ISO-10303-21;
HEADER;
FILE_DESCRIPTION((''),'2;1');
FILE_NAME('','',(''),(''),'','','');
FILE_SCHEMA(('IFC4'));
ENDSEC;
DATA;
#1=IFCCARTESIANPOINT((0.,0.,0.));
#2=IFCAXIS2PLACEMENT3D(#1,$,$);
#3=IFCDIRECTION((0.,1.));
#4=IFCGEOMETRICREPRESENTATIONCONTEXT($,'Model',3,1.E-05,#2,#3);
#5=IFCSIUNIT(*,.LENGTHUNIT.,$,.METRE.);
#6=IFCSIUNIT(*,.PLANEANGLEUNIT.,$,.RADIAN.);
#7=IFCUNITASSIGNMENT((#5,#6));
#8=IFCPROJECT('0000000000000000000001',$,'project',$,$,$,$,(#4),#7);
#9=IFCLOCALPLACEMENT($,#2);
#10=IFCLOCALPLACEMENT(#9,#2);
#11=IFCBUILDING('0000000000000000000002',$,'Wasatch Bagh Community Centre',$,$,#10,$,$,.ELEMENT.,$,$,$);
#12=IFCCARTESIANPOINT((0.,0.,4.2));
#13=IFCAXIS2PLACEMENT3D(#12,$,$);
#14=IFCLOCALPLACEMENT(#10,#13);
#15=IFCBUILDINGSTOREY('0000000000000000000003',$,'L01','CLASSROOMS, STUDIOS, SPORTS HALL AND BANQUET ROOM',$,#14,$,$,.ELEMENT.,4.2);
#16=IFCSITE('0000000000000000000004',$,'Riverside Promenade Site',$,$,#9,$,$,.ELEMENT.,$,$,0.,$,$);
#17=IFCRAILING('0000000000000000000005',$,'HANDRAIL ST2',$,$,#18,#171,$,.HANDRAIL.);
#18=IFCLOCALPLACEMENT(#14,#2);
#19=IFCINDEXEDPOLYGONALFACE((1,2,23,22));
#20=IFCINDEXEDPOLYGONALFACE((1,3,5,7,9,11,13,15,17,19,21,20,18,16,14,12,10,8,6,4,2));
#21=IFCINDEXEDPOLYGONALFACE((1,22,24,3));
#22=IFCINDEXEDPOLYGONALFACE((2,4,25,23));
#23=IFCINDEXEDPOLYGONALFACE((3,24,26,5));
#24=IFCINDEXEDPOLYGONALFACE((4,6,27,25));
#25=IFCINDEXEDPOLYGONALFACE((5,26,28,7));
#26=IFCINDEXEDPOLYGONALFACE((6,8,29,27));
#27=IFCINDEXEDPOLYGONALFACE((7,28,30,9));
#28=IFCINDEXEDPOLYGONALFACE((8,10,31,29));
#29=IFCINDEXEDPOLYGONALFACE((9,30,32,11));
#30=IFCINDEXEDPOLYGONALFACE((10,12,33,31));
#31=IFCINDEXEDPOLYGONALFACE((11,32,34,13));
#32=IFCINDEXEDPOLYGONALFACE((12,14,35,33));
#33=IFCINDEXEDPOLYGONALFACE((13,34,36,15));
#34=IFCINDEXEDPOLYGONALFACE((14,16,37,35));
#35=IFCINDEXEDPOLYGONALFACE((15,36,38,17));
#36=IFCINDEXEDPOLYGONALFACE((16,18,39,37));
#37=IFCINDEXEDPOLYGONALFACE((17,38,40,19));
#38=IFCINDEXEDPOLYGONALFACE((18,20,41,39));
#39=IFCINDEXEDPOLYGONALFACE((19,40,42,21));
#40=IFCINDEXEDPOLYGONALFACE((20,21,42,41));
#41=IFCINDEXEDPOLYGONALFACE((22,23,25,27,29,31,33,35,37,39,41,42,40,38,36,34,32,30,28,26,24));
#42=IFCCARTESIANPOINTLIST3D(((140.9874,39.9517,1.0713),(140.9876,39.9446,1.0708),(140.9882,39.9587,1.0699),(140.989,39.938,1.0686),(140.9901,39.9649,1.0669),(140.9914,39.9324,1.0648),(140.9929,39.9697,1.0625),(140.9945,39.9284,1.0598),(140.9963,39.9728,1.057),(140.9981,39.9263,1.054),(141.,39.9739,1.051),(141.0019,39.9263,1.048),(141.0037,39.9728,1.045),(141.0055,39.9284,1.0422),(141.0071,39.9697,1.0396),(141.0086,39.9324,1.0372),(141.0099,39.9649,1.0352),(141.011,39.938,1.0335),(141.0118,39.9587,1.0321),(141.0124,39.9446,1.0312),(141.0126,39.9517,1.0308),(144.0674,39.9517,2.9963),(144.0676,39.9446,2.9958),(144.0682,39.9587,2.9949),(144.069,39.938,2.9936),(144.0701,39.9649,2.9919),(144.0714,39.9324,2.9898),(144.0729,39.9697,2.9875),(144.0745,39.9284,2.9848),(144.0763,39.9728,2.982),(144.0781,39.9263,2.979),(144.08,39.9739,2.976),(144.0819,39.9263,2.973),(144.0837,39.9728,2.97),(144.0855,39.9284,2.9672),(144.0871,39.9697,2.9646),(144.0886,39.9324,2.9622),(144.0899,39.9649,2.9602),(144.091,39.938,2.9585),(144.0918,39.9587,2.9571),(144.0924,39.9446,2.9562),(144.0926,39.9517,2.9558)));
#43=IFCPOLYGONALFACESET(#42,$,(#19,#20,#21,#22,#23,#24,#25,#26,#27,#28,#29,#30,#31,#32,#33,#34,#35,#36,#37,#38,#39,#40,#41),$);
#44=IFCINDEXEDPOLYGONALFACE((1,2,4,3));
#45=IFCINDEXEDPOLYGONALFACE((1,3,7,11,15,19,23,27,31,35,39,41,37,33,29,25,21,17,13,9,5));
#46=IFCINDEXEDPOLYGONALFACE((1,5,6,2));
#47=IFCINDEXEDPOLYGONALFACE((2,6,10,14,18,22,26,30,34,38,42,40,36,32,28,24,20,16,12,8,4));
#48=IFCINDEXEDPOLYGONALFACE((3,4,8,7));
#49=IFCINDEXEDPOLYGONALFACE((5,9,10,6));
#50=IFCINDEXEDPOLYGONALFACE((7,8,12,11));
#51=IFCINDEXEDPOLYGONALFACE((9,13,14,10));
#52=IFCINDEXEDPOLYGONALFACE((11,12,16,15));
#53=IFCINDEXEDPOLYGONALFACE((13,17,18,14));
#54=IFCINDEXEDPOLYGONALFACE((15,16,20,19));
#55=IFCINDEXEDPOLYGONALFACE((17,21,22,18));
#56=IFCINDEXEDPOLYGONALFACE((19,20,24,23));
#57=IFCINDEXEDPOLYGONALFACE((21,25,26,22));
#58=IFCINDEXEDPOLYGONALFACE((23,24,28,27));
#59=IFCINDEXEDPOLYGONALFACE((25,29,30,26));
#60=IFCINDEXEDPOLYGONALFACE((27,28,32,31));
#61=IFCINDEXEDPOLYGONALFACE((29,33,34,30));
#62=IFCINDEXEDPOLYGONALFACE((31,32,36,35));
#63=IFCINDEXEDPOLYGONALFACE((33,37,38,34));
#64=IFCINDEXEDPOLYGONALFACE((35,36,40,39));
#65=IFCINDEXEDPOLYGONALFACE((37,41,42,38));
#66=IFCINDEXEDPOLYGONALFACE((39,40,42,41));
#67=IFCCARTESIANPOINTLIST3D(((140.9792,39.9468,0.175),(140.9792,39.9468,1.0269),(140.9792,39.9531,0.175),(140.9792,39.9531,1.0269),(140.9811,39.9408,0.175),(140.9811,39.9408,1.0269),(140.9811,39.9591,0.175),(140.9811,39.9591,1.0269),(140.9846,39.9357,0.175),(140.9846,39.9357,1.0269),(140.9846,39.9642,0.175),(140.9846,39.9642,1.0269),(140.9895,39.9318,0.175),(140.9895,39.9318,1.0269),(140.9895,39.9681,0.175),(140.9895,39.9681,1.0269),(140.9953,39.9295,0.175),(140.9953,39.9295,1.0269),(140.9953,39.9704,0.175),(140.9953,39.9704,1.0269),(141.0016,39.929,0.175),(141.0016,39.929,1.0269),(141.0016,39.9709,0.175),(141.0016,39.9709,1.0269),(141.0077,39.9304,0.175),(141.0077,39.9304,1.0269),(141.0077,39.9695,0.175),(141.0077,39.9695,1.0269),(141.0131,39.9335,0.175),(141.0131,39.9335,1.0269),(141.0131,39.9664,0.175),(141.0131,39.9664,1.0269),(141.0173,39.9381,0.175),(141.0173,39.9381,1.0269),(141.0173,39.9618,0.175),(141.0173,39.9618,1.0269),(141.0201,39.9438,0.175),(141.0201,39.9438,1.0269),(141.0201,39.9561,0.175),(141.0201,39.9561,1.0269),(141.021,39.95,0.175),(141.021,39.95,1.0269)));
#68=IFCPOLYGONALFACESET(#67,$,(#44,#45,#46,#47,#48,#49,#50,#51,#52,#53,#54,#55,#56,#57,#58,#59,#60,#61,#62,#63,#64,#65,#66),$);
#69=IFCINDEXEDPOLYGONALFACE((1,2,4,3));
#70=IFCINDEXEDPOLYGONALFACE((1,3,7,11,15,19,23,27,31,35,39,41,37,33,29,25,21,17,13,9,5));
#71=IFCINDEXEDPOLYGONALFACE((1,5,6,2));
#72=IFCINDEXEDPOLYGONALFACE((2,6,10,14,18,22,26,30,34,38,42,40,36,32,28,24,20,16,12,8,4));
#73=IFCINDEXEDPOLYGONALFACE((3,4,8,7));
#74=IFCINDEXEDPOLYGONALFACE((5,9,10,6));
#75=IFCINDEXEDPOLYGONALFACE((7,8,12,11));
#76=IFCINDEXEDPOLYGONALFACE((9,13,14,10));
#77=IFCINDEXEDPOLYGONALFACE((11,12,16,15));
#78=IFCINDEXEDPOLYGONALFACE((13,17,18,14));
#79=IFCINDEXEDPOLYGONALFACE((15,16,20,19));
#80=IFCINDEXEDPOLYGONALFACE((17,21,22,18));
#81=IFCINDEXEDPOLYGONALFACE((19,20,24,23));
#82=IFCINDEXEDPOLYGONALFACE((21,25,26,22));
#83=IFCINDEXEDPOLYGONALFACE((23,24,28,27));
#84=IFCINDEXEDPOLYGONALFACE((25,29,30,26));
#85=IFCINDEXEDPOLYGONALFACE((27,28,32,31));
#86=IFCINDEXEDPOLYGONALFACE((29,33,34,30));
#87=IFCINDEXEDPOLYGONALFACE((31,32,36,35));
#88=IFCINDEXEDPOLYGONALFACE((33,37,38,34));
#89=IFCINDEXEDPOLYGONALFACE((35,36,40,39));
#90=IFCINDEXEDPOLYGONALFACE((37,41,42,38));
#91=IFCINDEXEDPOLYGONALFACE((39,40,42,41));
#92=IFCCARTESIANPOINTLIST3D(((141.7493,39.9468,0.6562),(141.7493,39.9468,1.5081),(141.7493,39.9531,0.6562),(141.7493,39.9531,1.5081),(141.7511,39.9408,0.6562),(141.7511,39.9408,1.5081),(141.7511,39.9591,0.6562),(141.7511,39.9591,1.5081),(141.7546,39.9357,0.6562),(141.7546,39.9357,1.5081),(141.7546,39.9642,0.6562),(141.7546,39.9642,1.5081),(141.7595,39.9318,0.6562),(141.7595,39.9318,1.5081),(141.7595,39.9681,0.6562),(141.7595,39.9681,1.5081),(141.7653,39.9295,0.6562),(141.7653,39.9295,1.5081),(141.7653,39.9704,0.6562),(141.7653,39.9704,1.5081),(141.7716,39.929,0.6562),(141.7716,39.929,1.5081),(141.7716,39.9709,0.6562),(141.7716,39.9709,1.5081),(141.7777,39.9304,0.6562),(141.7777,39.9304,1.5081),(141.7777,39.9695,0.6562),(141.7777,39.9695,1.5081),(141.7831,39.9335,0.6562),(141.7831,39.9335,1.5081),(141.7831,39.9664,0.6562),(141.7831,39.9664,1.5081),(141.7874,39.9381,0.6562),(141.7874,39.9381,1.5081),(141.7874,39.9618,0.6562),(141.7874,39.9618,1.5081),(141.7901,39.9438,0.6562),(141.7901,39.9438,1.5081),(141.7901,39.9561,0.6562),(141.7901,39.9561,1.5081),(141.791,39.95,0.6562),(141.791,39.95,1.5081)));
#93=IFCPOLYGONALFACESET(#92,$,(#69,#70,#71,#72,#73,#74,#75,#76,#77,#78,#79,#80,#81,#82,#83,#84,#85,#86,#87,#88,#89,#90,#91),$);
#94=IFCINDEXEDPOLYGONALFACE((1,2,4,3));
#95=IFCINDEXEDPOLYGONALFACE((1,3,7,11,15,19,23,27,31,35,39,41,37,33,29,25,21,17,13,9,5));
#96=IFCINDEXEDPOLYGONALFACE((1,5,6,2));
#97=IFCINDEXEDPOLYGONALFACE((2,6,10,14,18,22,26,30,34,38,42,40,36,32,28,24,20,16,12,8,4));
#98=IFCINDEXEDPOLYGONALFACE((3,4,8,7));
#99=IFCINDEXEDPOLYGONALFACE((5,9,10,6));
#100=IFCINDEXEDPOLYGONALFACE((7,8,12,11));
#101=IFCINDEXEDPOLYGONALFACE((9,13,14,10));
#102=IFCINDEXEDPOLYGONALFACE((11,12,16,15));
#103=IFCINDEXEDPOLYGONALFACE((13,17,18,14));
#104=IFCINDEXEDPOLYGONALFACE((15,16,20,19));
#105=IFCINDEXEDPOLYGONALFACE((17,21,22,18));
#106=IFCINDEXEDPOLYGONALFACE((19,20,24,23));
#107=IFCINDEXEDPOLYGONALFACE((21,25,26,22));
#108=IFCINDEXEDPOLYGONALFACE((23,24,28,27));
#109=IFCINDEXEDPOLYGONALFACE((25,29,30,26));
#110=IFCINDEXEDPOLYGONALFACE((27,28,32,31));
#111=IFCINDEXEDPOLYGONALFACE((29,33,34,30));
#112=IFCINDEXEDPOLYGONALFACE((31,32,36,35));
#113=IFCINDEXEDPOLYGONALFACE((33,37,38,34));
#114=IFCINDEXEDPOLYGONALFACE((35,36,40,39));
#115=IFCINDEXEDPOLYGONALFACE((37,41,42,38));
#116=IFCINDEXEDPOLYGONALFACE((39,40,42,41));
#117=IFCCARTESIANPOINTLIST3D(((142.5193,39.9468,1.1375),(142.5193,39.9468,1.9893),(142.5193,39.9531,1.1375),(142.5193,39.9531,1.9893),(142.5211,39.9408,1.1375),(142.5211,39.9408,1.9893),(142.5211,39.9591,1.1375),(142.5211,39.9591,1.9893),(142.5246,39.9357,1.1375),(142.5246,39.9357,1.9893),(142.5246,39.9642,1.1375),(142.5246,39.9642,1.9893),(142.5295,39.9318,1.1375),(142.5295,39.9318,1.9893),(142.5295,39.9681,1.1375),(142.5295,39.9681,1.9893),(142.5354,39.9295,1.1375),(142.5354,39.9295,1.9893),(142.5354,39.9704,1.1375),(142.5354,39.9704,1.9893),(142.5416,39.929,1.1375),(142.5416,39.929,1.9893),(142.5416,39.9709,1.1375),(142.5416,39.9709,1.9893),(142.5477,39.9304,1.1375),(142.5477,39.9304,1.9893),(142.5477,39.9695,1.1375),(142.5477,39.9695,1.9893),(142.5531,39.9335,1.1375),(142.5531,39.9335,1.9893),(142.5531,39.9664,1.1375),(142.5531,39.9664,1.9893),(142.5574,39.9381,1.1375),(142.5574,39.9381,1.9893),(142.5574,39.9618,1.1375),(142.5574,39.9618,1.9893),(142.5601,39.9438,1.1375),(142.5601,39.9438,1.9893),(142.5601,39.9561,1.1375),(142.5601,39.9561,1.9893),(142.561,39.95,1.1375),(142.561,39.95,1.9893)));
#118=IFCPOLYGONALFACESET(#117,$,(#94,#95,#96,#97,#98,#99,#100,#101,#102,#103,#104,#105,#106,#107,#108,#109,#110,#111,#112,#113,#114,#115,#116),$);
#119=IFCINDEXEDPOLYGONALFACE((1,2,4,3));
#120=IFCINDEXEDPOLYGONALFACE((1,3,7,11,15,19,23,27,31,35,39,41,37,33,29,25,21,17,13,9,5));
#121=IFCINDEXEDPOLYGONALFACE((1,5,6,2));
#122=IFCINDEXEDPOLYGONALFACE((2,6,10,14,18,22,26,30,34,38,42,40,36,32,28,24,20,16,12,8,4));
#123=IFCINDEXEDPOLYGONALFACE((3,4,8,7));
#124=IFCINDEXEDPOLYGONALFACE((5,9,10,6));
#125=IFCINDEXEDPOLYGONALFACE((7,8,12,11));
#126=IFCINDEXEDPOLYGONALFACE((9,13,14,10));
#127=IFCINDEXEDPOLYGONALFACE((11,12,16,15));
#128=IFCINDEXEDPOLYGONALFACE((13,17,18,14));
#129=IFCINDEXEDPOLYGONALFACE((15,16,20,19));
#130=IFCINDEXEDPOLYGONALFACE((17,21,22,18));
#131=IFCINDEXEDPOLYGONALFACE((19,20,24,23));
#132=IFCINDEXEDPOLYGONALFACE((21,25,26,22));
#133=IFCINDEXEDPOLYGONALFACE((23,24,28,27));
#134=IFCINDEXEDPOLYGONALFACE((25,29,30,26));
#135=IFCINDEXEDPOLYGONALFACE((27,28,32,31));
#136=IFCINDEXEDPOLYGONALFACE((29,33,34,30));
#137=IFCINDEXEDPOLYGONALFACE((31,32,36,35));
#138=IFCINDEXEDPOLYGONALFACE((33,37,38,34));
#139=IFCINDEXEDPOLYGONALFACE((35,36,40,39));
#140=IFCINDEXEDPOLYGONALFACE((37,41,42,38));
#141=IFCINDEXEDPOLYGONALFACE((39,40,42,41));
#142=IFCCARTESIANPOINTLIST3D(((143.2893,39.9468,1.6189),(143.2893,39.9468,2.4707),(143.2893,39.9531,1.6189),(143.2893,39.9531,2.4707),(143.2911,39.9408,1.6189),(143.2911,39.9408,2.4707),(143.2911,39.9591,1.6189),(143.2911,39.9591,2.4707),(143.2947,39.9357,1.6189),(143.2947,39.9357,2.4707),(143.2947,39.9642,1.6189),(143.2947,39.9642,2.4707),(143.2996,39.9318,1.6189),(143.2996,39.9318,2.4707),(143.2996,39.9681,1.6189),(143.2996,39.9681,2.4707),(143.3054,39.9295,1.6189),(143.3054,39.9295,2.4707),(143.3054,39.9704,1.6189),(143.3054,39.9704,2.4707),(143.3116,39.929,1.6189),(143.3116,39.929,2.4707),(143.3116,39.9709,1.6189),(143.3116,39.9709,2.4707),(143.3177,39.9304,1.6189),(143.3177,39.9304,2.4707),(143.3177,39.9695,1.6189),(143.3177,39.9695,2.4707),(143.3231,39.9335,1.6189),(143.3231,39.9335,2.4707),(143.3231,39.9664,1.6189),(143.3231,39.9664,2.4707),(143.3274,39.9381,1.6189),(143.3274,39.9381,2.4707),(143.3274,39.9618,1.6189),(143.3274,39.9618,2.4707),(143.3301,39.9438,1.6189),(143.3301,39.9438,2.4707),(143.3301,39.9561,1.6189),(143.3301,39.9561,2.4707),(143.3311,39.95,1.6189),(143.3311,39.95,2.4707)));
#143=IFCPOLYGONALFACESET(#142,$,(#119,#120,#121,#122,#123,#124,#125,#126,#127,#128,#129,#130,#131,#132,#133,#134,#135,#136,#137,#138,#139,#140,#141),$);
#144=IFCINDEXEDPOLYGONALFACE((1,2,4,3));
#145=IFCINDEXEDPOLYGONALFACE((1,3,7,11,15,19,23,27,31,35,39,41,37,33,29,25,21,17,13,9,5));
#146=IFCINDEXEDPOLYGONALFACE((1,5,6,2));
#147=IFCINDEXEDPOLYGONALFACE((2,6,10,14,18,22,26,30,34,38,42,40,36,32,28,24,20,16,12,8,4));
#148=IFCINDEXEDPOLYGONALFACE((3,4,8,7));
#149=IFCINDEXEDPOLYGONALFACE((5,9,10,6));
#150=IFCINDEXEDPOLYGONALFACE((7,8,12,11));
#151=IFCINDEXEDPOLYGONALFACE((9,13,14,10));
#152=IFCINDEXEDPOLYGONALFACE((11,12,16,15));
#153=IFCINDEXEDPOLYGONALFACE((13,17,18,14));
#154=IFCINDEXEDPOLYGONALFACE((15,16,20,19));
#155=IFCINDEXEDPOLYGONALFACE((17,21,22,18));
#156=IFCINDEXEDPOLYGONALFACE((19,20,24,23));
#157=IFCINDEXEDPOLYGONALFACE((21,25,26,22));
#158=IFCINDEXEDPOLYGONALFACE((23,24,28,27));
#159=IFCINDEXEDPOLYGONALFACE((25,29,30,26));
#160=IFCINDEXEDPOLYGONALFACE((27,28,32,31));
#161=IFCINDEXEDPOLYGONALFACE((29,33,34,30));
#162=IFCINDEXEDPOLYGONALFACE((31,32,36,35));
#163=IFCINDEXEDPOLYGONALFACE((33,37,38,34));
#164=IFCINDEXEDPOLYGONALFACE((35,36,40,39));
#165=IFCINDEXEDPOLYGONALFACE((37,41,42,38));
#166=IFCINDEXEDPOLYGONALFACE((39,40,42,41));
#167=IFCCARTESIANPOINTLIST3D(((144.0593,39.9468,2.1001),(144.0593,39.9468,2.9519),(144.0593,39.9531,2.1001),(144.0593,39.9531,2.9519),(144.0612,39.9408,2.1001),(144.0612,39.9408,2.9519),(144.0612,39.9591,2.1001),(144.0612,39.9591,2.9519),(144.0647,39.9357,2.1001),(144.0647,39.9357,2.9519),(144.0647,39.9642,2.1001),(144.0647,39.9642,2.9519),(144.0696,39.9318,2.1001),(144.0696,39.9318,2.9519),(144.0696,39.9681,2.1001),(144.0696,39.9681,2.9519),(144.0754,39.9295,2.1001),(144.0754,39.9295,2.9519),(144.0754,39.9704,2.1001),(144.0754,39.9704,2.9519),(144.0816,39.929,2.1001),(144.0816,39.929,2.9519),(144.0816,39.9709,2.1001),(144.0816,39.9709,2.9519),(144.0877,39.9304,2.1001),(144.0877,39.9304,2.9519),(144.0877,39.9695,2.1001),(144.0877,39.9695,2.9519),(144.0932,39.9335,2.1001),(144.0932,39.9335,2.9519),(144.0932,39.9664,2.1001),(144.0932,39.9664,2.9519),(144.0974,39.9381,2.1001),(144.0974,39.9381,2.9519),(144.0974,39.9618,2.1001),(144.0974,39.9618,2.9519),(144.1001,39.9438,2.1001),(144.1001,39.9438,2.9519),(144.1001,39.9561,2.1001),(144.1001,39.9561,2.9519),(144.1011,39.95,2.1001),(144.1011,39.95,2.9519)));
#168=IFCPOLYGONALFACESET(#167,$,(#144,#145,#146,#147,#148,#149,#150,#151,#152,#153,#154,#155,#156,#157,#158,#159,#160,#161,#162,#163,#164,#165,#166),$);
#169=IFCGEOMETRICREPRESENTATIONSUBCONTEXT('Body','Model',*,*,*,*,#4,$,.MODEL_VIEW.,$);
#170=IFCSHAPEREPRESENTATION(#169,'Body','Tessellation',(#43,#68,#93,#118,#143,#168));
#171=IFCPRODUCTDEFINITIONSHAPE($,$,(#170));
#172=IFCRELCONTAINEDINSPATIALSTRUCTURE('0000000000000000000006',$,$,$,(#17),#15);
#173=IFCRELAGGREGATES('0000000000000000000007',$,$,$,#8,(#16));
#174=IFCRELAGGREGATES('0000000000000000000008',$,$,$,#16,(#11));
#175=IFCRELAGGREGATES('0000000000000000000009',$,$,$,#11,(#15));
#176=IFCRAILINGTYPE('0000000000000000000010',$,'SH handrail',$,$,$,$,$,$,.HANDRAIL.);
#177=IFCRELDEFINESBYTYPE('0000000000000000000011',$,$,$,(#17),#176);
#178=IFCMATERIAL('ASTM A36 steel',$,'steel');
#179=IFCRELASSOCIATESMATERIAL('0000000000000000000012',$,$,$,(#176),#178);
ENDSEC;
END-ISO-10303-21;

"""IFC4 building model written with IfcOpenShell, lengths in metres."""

from ifc_helpers import new_model, si_unit, direction, frame, origin, origin_2d, place, context, subcontext, project, spatial, circle, extrude, material, type_object, element, save


model = new_model("IFC4")

# Units and contexts
model_context = context("Model", 3, precision=1e-05, world=origin(), true_north=direction((0.0, 1.0)))
body_context = subcontext(model_context, "Body", "Model", "MODEL_VIEW")
ifc_project = project(units=[si_unit("LENGTHUNIT", "METRE"), si_unit("PLANEANGLEUNIT", "RADIAN")], contexts=[model_context])

# Site, building, storey
site_placement = place(None, origin())
site = spatial("IfcSite", under=ifc_project, at=site_placement, Name="Riverside Promenade Site", CompositionType="ELEMENT", RefElevation=0.0)
building_placement = place(site_placement, origin())
building = spatial("IfcBuilding", under=site, at=building_placement, Name="Wasatch Bagh Community Centre", CompositionType="ELEMENT")
storey_placement = place(building_placement, frame((0.0, 0.0, 4.2)))
storey = spatial("IfcBuildingStorey", under=building, at=storey_placement, Name="L01", Description="CLASSROOMS, STUDIOS, SPORTS HALL AND BANQUET ROOM", CompositionType="ELEMENT", Elevation=4.2)

# Railing
ifc_material_1 = material(Name="ASTM A36 steel", Category="steel")
railing_type_1 = type_object("IfcRailingType", Name="SH handrail", PredefinedType="HANDRAIL", material=ifc_material_1)
for number, where, name in (
    (1, (141.0, 39.95, 0.175), "HANDRAIL ST2"),
):
    element("IfcRailing", number, at=place(storey_placement, frame(where)), inside=storey, type_object=railing_type_1, Name=name, PredefinedType="HANDRAIL", context=body_context, shape_type="SweptSolid", body=[
        extrude(circle(Radius=0.0239, at=origin_2d()), frame((0.0, 0.0, 0.876), z_axis=(0.847998, 0.0, 0.529999), x_axis=(0.0, 1.0, 0.0)), (0.0, 0.0, 1.0), 3.6321),
        extrude(circle(Radius=0.021, at=origin_2d()), origin(), (0.0, 0.0, 1.0), 0.8518),
        extrude(circle(Radius=0.021, at=origin_2d()), frame((0.77, 0.0, 0.4812)), (0.0, 0.0, 1.0), 0.8518),
        extrude(circle(Radius=0.021, at=origin_2d()), frame((1.54, 0.0, 0.9624)), (0.0, 0.0, 1.0), 0.8518),
        extrude(circle(Radius=0.021, at=origin_2d()), frame((2.3101, 0.0, 1.4438)), (0.0, 0.0, 1.0), 0.8518),
        extrude(circle(Radius=0.021, at=origin_2d()), frame((3.0801, 0.0, 1.925)), (0.0, 0.0, 1.0), 0.8518),
    ])

save(model, "model.ifc")
